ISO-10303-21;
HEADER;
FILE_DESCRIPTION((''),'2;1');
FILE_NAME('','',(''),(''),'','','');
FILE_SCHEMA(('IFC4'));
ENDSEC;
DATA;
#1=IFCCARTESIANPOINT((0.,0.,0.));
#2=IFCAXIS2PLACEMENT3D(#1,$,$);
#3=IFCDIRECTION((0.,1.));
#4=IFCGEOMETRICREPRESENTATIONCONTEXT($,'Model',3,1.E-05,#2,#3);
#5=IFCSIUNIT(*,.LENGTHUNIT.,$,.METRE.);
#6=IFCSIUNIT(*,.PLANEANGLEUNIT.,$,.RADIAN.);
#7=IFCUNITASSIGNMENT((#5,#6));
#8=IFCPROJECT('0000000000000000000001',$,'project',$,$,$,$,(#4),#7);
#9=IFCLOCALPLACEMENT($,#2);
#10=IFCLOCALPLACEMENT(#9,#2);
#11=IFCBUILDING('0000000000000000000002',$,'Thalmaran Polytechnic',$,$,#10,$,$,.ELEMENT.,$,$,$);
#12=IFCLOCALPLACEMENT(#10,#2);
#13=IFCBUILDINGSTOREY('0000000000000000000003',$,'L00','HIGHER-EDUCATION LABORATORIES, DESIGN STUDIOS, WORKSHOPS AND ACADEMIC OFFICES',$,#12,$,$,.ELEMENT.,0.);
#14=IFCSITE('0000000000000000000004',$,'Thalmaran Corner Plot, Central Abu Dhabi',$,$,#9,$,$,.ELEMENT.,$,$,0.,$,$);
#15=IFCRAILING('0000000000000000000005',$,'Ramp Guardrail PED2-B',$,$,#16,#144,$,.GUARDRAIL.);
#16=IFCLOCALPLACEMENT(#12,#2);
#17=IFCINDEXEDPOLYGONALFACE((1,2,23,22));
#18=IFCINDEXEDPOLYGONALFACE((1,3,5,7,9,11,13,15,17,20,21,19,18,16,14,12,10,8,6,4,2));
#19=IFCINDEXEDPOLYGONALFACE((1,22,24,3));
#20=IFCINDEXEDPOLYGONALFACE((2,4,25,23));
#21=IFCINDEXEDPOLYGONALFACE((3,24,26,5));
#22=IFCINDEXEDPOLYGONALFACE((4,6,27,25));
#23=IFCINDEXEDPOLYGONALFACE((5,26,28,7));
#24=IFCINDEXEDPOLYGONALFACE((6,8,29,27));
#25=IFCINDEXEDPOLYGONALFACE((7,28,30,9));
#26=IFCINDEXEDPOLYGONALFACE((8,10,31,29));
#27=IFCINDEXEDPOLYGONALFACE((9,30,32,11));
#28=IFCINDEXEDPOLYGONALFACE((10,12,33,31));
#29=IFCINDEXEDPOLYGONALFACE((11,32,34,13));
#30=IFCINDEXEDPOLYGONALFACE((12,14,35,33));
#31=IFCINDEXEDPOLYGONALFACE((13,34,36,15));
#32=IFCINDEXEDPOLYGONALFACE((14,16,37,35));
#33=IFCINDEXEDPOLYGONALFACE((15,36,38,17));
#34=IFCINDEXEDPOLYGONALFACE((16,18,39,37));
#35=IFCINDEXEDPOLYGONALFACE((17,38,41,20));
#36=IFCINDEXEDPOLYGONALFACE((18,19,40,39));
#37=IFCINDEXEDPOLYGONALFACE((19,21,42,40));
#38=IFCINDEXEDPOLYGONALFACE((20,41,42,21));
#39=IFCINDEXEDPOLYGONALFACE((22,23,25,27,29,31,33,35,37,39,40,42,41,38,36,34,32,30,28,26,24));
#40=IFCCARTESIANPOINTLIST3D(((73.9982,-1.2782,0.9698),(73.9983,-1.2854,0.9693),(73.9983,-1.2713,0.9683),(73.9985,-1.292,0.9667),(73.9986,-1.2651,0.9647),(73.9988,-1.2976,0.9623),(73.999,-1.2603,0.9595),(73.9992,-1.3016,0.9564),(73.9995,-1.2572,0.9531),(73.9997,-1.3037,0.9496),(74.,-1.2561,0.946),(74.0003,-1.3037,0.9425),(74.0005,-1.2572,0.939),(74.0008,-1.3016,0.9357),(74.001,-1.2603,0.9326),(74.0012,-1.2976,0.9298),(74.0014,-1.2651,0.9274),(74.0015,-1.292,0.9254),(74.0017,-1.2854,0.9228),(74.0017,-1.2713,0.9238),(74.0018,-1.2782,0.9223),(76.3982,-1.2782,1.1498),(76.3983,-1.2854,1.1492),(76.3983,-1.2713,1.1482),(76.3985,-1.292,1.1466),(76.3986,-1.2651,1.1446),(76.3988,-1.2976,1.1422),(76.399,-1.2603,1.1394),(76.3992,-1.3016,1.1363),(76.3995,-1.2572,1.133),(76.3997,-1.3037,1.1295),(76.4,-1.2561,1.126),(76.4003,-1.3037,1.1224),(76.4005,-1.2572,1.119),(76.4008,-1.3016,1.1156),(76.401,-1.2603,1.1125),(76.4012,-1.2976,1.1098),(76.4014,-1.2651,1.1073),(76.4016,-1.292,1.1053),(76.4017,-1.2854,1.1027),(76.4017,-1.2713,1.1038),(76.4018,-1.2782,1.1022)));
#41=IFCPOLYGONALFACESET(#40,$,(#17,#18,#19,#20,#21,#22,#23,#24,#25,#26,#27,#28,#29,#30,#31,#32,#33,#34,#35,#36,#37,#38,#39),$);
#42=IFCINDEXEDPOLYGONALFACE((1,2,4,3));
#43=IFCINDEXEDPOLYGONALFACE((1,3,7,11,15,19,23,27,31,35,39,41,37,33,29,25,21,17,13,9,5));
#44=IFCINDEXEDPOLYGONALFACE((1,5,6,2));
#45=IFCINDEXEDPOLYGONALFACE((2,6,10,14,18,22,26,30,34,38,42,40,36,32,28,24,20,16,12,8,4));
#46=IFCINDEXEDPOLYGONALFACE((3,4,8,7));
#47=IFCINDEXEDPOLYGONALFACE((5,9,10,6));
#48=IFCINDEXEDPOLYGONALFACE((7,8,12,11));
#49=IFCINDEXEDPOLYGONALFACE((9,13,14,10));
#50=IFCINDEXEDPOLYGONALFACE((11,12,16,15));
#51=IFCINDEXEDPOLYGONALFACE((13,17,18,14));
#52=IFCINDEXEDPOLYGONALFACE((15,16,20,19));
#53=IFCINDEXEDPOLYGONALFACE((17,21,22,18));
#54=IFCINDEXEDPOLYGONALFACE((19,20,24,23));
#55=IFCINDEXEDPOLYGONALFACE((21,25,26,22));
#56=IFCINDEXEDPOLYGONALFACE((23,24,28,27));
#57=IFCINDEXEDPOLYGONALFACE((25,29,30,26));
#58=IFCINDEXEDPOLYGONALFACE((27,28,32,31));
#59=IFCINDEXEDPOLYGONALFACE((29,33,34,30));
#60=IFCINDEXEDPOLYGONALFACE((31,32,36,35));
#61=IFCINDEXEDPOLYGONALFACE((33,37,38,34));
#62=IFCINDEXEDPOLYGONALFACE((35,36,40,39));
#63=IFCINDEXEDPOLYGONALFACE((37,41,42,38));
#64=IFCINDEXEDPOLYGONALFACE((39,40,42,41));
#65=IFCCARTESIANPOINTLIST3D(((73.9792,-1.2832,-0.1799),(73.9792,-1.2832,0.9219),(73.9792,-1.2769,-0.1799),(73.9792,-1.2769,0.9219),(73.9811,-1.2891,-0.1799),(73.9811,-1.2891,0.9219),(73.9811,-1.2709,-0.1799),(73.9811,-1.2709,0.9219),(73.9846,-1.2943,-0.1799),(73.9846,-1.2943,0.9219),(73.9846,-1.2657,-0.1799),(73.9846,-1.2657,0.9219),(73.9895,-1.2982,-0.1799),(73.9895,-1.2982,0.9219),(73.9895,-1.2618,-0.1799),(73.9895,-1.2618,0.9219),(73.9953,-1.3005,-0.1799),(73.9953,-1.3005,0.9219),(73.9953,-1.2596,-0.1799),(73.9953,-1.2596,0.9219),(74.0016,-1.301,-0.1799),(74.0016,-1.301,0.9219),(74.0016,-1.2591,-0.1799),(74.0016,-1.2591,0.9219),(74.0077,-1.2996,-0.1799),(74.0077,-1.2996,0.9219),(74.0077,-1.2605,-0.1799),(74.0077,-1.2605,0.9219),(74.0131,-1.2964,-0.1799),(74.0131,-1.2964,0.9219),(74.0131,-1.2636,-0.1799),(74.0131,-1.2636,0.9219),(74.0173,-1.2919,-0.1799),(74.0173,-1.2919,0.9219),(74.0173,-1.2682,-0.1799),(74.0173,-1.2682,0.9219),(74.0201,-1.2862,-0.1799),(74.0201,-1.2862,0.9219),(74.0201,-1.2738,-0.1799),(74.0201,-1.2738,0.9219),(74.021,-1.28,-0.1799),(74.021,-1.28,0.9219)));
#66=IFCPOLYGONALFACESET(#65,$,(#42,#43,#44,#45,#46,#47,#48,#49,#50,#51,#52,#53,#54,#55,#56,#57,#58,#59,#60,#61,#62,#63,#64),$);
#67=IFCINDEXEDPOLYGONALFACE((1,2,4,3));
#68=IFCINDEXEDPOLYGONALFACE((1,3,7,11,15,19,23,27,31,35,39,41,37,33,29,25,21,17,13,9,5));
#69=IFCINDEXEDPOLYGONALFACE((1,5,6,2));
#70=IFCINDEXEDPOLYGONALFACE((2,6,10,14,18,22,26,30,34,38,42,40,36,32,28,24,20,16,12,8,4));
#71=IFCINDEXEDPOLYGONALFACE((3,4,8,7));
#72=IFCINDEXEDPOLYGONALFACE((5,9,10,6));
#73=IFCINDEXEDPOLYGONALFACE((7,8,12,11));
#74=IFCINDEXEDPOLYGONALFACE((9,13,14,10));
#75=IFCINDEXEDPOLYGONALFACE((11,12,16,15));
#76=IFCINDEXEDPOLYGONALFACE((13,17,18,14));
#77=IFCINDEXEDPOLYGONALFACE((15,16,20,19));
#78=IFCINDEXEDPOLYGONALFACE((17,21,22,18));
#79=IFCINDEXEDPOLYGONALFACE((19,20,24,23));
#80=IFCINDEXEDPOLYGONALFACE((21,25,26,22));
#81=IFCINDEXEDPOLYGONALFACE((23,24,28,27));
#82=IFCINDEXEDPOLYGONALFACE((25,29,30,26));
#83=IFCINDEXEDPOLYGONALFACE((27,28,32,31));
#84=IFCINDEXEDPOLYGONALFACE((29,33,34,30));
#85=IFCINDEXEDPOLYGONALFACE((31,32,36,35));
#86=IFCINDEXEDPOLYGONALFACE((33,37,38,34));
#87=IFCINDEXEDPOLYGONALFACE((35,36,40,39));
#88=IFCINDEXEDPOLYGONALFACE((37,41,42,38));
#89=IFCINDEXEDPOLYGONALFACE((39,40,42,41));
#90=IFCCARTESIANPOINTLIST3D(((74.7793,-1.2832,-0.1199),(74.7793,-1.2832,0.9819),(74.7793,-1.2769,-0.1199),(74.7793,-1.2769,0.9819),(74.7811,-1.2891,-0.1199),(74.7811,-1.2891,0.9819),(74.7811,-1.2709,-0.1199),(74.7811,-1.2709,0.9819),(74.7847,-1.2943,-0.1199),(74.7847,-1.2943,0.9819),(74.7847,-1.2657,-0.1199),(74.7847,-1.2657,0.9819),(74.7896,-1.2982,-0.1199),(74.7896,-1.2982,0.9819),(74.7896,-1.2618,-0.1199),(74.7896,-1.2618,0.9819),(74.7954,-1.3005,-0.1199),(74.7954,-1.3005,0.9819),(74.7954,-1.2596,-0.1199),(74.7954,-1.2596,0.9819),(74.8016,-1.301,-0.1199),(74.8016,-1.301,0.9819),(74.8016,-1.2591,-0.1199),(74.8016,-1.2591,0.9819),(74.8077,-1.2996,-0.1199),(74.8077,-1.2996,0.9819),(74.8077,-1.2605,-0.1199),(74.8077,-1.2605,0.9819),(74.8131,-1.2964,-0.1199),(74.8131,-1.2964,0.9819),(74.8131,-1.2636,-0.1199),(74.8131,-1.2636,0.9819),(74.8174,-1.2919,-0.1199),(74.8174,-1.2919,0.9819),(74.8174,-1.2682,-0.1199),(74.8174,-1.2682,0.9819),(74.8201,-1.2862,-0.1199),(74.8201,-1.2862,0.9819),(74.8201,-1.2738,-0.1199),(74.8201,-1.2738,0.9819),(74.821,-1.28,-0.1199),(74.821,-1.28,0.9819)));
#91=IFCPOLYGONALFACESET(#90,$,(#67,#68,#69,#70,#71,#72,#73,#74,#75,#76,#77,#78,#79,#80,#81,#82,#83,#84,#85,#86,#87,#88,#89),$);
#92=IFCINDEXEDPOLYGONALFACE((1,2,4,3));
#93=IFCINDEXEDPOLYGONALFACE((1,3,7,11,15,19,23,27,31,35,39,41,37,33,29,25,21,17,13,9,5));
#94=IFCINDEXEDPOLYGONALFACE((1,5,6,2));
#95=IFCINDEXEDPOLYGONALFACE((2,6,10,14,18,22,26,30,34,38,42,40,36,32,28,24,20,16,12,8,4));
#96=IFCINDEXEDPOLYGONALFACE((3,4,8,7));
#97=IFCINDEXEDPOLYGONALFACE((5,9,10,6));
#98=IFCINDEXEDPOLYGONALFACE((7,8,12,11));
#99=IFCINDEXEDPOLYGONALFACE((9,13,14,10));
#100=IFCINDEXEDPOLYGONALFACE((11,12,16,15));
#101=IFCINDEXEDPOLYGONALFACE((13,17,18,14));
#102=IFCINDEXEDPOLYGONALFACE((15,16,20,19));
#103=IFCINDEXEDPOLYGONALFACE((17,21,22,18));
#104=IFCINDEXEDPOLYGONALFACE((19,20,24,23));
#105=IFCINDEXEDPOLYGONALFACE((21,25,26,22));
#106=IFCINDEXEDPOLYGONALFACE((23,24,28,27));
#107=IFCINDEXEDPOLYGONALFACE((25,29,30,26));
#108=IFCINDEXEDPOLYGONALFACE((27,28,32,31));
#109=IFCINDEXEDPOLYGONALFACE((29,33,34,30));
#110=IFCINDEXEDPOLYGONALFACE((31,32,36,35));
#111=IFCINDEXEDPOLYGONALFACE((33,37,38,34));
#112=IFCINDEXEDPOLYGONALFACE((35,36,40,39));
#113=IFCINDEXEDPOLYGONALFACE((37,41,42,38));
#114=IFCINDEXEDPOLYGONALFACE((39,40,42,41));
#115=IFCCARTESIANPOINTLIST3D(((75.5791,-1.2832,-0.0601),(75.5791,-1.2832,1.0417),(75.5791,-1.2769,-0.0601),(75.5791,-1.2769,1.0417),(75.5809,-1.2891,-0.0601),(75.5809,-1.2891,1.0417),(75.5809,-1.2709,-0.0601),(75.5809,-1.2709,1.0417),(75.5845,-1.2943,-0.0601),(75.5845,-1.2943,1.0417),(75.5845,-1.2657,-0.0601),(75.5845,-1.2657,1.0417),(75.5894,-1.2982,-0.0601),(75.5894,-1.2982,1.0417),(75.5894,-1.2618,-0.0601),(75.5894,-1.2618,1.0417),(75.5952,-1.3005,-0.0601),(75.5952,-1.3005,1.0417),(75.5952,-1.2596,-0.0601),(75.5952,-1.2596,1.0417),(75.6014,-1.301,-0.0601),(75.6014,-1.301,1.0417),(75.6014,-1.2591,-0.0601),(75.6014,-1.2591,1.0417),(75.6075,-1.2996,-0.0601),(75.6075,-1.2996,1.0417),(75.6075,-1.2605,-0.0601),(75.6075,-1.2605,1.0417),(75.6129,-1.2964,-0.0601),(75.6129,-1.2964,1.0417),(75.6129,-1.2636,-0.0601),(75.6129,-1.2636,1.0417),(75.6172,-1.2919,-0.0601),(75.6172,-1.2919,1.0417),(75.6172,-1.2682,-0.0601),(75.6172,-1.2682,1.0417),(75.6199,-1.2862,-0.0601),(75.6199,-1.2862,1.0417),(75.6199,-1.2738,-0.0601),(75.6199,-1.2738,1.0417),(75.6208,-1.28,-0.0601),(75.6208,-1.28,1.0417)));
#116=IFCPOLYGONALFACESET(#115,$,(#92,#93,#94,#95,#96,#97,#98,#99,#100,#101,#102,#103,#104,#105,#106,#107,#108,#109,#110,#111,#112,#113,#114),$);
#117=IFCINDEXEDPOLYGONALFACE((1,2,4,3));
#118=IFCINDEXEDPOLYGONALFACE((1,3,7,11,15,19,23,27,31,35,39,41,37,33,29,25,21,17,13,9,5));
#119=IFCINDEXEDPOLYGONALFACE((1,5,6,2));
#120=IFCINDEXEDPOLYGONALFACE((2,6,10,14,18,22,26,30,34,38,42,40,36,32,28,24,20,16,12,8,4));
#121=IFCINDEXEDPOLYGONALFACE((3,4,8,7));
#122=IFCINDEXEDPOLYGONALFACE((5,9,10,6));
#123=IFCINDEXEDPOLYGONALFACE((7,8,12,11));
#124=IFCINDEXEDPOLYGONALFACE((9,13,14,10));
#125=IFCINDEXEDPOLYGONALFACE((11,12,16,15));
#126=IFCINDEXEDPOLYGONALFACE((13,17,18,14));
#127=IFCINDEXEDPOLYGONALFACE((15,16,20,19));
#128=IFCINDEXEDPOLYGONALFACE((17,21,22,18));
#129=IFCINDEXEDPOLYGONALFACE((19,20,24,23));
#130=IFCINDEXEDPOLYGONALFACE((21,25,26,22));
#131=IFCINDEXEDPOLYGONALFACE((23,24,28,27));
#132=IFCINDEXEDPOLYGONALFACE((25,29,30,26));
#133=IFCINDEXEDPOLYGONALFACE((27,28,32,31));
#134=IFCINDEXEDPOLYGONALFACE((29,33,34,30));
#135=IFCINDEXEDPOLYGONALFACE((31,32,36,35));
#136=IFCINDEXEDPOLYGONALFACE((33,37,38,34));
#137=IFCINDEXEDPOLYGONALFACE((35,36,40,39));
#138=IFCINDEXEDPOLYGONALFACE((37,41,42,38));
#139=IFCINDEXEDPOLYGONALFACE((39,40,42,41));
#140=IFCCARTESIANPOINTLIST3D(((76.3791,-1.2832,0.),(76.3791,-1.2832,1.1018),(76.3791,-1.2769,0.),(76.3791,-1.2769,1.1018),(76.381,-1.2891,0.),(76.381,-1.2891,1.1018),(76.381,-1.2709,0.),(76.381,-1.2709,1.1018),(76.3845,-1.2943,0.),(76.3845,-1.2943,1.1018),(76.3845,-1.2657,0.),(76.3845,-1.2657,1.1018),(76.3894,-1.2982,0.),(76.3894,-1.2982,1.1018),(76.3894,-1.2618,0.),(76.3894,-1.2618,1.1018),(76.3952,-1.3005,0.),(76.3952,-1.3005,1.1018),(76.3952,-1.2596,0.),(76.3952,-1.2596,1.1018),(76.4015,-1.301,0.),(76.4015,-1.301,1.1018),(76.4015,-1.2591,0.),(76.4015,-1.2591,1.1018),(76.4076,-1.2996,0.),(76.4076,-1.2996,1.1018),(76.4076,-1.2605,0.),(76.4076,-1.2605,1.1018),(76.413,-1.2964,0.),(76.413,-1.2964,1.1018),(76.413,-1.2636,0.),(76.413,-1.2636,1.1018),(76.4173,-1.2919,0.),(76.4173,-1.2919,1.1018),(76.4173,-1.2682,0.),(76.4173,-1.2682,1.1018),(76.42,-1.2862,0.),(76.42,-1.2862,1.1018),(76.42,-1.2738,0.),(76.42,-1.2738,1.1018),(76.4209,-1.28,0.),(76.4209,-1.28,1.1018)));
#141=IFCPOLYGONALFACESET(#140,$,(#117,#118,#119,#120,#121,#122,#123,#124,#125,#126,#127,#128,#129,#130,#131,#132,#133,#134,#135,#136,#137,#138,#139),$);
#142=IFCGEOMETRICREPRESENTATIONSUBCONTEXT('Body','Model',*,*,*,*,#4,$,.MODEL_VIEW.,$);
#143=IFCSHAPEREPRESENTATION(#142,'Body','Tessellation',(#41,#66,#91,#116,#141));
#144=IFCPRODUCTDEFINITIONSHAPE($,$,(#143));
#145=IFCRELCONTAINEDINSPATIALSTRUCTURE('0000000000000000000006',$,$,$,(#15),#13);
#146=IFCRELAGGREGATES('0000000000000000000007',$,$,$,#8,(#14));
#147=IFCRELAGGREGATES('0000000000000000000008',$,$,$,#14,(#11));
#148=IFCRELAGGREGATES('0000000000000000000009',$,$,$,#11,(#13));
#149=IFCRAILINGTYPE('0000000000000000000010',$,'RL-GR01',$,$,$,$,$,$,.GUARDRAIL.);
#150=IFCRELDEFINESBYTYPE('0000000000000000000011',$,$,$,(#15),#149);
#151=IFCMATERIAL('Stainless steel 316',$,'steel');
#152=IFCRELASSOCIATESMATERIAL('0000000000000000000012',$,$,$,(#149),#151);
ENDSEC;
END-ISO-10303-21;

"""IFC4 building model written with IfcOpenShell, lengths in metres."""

from ifc_helpers import new_model, si_unit, direction, frame, origin, origin_2d, place, context, subcontext, project, spatial, circle, extrude, material, type_object, element, save


model = new_model("IFC4")

# Units and contexts
model_context = context("Model", 3, precision=1e-05, world=origin(), true_north=direction((0.0, 1.0)))
body_context = subcontext(model_context, "Body", "Model", "MODEL_VIEW")
ifc_project = project(units=[si_unit("LENGTHUNIT", "METRE"), si_unit("PLANEANGLEUNIT", "RADIAN")], contexts=[model_context])

# Site, building, storey
site_placement = place(None, origin())
site = spatial("IfcSite", under=ifc_project, at=site_placement, Name="Thalmaran Corner Plot, Central Abu Dhabi", CompositionType="ELEMENT", RefElevation=0.0)
building_placement = place(site_placement, origin())
building = spatial("IfcBuilding", under=site, at=building_placement, Name="Thalmaran Polytechnic", CompositionType="ELEMENT")
storey_placement = place(building_placement, origin())
storey = spatial("IfcBuildingStorey", under=building, at=storey_placement, Name="L00", Description="HIGHER-EDUCATION LABORATORIES, DESIGN STUDIOS, WORKSHOPS AND ACADEMIC OFFICES", CompositionType="ELEMENT", Elevation=0.0)

# Railing
ifc_material_1 = material(Name="Stainless steel 316", Category="steel")
railing_type_1 = type_object("IfcRailingType", Name="RL-GR01", PredefinedType="GUARDRAIL", material=ifc_material_1)
for number, where, name in (
    (1, (74.0, -1.28, -0.1799), "Ramp Guardrail PED2-B"),
):
    element("IfcRailing", number, at=place(storey_placement, frame(where)), inside=storey, type_object=railing_type_1, Name=name, PredefinedType="GUARDRAIL", context=body_context, shape_type="SweptSolid", body=[
        extrude(circle(Radius=0.0239, at=origin_2d()), frame((0.0, 0.0, 1.126), z_axis=(0.997201, 0.0, 0.074765), x_axis=(0.0, 1.0, 0.0)), (0.0, 0.0, 1.0), 2.4067),
        extrude(circle(Radius=0.021, at=origin_2d()), origin(), (0.0, 0.0, 1.0), 1.1018),
        extrude(circle(Radius=0.021, at=origin_2d()), frame((0.8, 0.0, 0.0601)), (0.0, 0.0, 1.0), 1.1018),
        extrude(circle(Radius=0.021, at=origin_2d()), frame((1.5999, 0.0, 0.1199)), (0.0, 0.0, 1.0), 1.1018),
        extrude(circle(Radius=0.021, at=origin_2d()), frame((2.3999, 0.0, 0.1799)), (0.0, 0.0, 1.0), 1.1018),
    ])

save(model, "model.ifc")
